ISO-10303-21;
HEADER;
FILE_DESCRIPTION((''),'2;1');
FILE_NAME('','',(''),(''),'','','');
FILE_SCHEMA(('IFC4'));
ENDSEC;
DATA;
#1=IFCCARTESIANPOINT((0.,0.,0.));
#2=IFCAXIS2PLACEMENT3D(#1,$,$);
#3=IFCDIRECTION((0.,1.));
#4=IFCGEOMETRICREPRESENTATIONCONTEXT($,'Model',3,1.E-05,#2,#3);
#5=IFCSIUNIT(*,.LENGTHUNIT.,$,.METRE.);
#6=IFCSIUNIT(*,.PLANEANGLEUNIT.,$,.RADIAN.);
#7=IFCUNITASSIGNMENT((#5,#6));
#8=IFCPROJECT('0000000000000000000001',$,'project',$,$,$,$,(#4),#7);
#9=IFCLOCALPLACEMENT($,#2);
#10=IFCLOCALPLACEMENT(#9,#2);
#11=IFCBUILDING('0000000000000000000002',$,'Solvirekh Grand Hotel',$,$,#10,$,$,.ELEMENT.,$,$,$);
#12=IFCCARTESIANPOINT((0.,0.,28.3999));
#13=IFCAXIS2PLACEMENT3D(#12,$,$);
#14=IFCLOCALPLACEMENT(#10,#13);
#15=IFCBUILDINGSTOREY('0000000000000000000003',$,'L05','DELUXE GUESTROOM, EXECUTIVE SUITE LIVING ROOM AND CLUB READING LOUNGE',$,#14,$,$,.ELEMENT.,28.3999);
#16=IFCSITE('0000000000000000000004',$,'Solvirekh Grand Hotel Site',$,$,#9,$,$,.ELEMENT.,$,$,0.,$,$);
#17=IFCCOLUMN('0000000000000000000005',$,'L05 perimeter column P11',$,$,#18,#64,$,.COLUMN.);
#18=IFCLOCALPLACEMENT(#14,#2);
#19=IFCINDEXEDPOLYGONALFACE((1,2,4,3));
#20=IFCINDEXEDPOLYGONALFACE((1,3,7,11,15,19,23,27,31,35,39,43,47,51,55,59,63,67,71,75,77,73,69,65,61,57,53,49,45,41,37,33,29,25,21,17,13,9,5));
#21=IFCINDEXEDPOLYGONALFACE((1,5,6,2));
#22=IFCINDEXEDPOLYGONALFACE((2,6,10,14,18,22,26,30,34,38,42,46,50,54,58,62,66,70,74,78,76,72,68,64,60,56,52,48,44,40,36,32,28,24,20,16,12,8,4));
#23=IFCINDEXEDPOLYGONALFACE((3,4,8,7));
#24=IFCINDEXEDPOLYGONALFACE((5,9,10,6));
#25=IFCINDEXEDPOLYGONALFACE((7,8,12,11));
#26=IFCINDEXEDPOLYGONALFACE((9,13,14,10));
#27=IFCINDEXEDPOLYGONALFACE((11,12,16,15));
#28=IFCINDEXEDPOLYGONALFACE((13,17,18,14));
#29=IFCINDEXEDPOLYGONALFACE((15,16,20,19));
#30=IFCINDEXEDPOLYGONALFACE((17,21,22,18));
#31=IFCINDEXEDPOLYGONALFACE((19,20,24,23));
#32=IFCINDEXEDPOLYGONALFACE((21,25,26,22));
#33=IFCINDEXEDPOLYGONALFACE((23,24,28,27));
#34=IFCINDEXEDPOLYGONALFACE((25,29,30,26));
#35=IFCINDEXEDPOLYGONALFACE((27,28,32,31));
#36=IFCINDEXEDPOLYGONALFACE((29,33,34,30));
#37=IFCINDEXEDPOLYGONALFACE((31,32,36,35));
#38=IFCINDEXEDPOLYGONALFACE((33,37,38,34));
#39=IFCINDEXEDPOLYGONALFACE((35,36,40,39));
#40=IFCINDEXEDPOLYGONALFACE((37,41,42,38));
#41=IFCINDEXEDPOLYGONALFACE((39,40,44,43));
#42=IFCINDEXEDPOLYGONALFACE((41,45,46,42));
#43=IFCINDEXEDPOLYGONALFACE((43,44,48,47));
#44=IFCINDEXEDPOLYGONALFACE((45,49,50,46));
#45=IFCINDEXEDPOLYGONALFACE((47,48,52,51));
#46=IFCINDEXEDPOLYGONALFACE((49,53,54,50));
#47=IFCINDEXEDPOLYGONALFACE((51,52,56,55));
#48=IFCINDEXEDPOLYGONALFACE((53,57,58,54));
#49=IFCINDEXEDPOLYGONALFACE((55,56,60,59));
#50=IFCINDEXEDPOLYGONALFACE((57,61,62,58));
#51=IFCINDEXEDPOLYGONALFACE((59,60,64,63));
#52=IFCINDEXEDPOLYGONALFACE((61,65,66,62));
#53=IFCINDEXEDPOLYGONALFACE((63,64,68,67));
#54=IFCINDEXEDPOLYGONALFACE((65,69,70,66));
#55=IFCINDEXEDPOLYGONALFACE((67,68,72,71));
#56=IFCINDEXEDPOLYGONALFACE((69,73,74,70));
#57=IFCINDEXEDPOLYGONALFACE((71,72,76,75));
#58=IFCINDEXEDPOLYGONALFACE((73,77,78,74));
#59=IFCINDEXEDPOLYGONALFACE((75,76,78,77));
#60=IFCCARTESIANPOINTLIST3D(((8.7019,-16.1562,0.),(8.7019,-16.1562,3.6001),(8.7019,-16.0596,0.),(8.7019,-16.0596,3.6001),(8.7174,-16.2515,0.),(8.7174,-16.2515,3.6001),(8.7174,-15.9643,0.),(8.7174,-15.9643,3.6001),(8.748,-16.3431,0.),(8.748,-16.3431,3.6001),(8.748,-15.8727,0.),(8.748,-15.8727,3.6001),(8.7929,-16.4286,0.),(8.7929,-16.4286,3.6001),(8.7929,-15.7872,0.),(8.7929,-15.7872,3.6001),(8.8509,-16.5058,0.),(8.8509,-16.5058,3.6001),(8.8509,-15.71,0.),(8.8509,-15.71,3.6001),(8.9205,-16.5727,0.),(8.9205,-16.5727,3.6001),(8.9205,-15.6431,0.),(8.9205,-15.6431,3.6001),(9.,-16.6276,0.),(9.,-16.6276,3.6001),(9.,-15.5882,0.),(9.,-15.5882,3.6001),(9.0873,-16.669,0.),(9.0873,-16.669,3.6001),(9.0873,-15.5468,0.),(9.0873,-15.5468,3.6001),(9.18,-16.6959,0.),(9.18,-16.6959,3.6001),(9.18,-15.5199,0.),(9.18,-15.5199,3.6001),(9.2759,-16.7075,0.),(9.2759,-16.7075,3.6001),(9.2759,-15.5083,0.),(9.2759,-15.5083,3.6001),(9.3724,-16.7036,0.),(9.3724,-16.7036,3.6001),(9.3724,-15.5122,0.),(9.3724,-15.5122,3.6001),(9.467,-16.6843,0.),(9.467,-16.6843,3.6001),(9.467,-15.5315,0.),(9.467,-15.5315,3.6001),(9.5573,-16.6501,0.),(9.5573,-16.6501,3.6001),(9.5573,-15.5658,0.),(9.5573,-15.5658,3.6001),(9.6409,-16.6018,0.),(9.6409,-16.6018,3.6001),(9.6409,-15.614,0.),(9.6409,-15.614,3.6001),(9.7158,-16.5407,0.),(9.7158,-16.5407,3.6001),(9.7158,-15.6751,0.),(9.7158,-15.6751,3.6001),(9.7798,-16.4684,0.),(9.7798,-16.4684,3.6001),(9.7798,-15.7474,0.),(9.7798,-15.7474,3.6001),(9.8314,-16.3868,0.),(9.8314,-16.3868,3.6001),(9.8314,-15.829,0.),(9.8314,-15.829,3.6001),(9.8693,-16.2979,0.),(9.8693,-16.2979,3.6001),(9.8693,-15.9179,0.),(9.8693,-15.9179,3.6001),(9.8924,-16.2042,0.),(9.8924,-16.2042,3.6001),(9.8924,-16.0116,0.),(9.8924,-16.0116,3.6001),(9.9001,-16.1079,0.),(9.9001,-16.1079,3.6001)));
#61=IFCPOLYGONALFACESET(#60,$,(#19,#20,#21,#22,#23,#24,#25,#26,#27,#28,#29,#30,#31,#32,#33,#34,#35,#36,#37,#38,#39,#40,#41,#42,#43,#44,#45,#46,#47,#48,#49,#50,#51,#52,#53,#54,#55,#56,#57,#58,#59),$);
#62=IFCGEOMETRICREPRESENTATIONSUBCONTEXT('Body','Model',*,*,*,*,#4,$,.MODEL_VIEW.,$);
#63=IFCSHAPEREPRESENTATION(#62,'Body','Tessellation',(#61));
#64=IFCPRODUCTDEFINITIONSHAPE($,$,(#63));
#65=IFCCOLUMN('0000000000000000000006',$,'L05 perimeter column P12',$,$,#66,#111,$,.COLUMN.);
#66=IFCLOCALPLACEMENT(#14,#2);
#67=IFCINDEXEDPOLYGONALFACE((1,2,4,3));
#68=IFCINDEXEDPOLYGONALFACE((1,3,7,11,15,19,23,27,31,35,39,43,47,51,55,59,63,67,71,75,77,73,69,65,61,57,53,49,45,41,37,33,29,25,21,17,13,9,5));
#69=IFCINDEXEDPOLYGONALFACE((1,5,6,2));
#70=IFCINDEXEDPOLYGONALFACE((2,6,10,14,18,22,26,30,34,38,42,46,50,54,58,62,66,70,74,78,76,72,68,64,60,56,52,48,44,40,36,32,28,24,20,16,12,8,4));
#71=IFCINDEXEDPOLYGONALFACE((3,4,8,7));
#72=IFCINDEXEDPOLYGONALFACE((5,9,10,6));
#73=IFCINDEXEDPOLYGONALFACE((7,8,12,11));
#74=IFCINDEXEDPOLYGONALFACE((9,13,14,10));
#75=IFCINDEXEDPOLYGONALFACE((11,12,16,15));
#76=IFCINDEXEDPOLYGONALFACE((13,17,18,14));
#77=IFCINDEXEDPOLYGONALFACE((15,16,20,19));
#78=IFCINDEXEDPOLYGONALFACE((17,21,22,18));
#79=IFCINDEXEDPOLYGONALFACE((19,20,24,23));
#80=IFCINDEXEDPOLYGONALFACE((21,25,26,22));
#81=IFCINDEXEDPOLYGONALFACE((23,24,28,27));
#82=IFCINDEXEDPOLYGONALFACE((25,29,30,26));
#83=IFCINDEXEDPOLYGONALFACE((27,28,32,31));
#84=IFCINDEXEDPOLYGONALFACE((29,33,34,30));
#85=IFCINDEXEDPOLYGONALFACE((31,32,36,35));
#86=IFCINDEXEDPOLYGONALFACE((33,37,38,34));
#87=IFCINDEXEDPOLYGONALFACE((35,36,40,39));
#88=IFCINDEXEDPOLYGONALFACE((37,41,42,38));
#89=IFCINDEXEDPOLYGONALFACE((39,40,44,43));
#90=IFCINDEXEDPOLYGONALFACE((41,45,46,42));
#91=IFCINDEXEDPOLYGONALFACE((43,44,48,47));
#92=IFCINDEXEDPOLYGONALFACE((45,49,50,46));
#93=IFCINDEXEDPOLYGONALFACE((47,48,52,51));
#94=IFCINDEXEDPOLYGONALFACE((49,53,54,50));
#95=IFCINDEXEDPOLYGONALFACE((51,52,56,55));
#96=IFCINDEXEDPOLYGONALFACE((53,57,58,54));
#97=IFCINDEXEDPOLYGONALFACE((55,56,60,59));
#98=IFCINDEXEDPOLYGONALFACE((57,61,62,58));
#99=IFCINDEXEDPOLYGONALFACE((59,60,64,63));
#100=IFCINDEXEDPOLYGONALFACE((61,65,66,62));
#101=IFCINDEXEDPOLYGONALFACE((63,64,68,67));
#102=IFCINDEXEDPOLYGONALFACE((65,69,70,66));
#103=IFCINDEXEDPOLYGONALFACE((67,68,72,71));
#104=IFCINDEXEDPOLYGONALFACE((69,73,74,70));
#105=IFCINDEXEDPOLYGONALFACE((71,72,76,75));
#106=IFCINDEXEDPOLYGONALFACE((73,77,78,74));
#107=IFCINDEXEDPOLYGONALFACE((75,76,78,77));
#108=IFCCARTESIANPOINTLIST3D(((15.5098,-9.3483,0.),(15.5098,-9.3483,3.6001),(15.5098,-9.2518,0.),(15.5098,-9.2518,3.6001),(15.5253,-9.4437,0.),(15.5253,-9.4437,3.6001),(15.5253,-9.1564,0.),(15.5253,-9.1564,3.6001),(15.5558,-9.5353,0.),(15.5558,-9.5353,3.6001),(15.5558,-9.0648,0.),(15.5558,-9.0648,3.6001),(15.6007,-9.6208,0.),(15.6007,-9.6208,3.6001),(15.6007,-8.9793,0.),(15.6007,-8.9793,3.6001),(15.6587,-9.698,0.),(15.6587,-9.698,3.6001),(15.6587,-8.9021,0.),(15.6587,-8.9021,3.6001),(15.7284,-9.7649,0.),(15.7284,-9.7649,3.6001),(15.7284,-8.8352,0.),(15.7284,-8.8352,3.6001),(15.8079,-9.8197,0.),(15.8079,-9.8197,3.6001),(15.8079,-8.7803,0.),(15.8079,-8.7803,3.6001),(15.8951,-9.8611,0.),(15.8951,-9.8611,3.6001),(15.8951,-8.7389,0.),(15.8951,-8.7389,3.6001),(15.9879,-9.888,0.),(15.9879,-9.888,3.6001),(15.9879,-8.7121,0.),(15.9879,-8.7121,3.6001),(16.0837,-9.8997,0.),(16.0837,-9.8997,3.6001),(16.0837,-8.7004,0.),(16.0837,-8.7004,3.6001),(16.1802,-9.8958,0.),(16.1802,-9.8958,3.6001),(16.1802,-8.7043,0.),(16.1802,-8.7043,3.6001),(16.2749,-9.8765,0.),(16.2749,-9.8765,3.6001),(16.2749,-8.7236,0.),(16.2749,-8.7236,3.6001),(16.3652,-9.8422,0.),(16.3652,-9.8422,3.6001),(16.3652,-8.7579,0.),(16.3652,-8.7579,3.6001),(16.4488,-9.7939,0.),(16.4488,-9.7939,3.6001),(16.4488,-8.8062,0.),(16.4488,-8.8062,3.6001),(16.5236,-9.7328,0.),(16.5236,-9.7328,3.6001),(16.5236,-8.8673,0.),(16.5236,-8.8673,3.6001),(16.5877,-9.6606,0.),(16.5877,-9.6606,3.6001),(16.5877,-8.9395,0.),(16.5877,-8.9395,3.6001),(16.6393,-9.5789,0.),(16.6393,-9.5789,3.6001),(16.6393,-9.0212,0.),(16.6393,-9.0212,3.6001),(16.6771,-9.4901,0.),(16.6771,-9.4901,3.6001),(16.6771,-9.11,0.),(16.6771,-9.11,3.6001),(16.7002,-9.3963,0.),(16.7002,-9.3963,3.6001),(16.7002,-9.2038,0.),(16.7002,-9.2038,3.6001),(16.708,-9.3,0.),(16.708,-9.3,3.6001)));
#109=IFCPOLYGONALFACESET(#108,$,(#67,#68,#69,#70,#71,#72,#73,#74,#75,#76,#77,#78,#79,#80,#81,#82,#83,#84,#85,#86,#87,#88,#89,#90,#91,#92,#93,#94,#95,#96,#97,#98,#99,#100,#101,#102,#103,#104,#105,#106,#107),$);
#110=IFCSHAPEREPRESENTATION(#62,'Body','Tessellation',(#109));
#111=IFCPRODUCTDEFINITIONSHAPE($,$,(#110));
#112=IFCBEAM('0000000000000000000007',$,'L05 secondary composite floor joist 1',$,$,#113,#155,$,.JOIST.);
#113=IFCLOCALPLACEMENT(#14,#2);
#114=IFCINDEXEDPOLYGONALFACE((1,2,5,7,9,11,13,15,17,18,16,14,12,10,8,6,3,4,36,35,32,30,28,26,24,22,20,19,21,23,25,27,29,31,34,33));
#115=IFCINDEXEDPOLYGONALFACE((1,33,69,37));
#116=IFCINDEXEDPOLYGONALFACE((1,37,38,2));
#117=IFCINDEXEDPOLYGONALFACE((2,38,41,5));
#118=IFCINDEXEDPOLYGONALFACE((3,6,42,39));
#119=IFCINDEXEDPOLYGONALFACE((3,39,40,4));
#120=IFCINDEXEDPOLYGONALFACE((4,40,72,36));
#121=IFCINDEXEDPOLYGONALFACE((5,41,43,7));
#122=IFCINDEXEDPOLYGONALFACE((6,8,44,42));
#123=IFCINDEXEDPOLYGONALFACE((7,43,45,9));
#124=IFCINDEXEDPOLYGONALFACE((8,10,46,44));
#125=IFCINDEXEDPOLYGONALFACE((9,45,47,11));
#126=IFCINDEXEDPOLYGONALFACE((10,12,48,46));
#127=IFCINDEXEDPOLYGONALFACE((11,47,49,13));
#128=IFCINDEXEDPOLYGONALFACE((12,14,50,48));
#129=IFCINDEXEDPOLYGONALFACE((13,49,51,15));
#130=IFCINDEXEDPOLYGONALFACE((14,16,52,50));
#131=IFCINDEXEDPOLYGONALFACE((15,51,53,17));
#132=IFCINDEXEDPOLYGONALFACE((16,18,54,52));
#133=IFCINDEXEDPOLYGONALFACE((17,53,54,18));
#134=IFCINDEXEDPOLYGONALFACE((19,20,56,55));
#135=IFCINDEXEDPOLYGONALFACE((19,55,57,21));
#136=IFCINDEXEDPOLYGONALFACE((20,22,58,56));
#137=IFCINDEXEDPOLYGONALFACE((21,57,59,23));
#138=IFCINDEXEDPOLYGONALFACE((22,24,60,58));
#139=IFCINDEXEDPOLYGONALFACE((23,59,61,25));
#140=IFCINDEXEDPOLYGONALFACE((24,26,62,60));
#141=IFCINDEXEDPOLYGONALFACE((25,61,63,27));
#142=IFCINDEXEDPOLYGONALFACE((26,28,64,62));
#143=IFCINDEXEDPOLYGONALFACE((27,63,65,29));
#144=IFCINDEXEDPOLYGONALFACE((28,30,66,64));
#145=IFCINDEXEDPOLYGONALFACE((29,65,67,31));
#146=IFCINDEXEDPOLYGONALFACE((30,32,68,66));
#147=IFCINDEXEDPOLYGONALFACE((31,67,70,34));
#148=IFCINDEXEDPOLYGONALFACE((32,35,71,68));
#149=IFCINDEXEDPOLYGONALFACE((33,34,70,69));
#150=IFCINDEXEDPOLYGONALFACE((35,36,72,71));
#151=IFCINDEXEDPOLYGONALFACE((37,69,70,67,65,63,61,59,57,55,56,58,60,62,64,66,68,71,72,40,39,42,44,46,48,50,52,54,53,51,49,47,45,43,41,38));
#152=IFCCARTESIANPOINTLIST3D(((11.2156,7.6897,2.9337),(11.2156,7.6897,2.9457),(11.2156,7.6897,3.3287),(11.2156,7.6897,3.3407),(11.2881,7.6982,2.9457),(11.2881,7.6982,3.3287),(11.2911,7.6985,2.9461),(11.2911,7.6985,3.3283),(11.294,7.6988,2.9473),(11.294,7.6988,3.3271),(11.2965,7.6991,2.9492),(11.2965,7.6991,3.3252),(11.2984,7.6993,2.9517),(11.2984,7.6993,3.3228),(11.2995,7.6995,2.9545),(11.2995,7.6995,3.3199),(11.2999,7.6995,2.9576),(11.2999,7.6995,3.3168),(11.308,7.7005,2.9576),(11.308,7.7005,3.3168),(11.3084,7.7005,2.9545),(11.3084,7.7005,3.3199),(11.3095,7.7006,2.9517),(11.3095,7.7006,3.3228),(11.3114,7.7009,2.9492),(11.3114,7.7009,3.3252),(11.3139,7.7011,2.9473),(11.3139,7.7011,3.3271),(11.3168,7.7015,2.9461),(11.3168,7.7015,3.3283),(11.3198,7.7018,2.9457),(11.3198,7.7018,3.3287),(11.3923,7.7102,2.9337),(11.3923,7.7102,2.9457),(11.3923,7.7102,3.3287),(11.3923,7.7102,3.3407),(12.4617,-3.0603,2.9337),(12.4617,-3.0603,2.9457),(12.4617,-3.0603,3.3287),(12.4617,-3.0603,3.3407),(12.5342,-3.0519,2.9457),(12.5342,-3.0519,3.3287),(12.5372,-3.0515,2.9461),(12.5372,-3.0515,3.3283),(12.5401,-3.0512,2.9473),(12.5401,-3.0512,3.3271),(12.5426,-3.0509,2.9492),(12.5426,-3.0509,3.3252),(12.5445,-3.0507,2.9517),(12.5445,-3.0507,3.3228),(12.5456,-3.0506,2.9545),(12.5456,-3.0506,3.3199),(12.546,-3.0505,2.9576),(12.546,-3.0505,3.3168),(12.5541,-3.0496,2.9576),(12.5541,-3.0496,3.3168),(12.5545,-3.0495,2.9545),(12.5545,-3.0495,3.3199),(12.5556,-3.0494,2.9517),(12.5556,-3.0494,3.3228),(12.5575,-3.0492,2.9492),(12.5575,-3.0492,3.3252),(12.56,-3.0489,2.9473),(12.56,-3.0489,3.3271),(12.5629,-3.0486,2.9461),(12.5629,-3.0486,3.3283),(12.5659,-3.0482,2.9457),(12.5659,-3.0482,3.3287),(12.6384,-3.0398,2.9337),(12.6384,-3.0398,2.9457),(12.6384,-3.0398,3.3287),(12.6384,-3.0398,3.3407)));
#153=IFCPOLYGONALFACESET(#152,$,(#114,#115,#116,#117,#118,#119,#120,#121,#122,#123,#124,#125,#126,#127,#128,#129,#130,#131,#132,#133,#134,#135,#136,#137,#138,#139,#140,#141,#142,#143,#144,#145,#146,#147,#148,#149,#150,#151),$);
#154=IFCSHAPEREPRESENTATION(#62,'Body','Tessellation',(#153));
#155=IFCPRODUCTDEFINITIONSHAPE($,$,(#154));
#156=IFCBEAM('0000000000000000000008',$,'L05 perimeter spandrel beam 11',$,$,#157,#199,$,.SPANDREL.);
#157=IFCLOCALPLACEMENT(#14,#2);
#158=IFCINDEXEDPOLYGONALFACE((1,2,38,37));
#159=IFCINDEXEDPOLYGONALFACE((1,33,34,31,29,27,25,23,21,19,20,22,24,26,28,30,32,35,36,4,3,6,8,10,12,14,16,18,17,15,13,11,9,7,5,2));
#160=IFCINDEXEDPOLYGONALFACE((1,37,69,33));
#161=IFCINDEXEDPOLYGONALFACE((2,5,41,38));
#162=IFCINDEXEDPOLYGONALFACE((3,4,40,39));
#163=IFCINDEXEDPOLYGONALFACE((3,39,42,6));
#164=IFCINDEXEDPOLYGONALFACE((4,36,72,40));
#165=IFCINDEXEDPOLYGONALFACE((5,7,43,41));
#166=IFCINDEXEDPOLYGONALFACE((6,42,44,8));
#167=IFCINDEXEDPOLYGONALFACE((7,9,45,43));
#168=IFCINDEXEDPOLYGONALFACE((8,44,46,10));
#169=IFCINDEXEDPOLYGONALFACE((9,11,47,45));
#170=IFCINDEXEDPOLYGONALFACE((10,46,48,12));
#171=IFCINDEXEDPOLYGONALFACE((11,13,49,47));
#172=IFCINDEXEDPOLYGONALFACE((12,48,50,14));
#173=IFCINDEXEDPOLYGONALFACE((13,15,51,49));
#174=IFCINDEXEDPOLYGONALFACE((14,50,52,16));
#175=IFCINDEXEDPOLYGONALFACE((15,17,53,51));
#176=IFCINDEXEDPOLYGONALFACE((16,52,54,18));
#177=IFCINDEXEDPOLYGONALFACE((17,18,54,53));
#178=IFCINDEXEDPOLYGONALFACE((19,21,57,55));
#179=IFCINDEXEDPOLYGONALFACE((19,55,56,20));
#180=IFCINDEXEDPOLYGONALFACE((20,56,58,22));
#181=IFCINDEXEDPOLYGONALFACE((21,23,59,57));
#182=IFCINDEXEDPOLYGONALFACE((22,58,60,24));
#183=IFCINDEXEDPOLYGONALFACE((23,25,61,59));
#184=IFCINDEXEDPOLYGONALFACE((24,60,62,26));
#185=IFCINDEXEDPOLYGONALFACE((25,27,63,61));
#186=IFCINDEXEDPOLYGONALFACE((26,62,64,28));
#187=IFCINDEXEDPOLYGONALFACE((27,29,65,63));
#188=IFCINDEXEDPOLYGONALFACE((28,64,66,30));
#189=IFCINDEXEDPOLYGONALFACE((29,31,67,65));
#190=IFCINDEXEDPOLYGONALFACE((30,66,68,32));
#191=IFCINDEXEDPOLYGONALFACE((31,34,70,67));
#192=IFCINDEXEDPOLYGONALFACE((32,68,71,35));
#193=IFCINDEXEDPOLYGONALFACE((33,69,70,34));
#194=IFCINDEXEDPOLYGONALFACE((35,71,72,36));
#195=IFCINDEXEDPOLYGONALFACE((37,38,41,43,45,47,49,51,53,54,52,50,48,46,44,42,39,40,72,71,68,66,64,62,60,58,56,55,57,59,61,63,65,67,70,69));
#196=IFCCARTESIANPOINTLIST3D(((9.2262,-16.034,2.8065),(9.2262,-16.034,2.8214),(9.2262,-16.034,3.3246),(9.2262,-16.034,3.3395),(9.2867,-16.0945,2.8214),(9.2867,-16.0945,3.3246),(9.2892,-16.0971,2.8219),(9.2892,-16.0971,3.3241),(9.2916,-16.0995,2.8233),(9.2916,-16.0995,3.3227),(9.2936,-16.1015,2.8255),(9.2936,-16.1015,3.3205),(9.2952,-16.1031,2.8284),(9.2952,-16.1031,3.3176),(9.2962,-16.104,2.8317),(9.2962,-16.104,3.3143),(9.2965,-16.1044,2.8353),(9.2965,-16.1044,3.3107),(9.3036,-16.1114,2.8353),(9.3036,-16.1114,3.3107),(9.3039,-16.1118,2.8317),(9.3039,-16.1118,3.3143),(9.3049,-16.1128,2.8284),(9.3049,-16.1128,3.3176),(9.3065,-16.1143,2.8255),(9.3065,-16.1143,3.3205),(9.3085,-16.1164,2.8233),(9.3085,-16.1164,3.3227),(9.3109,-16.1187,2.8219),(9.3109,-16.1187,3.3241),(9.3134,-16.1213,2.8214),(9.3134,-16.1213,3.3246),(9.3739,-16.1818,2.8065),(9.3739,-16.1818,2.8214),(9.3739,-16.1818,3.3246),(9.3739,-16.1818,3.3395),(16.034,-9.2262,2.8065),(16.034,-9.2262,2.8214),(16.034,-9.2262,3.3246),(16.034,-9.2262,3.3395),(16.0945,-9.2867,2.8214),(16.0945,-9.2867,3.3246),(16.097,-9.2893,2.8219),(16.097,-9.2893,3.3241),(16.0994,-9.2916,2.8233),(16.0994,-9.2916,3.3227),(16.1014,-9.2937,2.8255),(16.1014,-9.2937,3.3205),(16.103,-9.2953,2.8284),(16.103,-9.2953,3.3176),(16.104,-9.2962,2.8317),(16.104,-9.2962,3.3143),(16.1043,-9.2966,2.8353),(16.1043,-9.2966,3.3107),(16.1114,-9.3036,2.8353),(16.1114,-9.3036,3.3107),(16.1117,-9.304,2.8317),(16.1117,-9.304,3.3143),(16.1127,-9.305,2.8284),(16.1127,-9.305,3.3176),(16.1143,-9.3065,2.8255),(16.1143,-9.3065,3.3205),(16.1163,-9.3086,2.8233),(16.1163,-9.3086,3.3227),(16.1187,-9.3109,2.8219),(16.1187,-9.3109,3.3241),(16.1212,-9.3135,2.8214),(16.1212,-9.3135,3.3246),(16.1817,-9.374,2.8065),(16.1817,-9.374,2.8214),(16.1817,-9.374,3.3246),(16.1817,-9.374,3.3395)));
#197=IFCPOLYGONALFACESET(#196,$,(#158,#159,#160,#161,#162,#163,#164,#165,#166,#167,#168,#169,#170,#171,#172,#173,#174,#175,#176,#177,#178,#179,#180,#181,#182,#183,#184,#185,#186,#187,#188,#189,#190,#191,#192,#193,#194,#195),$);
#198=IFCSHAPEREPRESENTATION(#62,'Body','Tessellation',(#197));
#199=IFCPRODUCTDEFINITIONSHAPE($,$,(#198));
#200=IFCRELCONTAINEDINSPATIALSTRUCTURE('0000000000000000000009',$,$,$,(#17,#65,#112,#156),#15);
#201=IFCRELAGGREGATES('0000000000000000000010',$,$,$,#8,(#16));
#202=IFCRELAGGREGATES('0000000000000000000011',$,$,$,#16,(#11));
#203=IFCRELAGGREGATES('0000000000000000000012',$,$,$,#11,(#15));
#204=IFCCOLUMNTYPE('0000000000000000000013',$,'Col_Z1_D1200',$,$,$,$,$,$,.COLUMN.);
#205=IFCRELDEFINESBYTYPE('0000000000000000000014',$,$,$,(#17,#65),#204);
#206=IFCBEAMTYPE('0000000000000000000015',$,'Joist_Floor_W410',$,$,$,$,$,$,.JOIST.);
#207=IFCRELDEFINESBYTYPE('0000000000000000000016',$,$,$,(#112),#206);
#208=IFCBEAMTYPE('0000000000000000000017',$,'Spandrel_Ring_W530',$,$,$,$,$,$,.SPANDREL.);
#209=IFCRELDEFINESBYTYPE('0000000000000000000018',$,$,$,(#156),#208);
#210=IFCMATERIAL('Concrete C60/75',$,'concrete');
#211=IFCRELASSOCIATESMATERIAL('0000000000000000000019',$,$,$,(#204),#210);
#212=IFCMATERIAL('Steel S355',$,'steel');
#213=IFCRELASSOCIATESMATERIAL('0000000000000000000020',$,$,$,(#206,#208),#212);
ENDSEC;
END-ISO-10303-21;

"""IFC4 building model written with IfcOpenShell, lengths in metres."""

from ifc_helpers import new_model, si_unit, direction, frame, origin, origin_2d, place, context, subcontext, project, spatial, circle, i_section, extrude, material, material_profile, profile_set, type_object, element, save


model = new_model("IFC4")

# Units and contexts
model_context = context("Model", 3, precision=1e-05, world=origin(), true_north=direction((0.0, 1.0)))
body_context = subcontext(model_context, "Body", "Model", "MODEL_VIEW")
ifc_project = project(units=[si_unit("LENGTHUNIT", "METRE"), si_unit("PLANEANGLEUNIT", "RADIAN")], contexts=[model_context])

# Site, building, storey
site_placement = place(None, origin())
site = spatial("IfcSite", under=ifc_project, at=site_placement, Name="Solvirekh Grand Hotel Site", CompositionType="ELEMENT", RefElevation=0.0)
building_placement = place(site_placement, origin())
building = spatial("IfcBuilding", under=site, at=building_placement, Name="Solvirekh Grand Hotel", CompositionType="ELEMENT")
storey_placement = place(building_placement, frame((0.0, 0.0, 28.3999)))
storey = spatial("IfcBuildingStorey", under=building, at=storey_placement, Name="L05", Description="DELUXE GUESTROOM, EXECUTIVE SUITE LIVING ROOM AND CLUB READING LOUNGE", CompositionType="ELEMENT", Elevation=28.3999)

# Columns
ifc_material_1 = material(Name="Concrete C60/75", Category="concrete")
ifc_material_profile_1 = material_profile(ifc_material_1, circle(Radius=0.6001, at=origin_2d()), Name="RC CIRC D1200")
ifc_profile_set_1 = profile_set([ifc_material_profile_1], Name="Concrete C60/75")
column_type = type_object("IfcColumnType", Name="Col_Z1_D1200", PredefinedType="COLUMN", material=ifc_profile_set_1)
for number, where, z_axis, x_axis, name in (
    (1, (9.3, -16.1079, 0.0), (0.0, 0.0, 1.0), (1.0, 0.0, 0.0), "L05 perimeter column P11"),
    (2, (16.1079, -9.3, 0.0), (0.0, 0.0, 1.0), (1.0, 0.0, 0.0), "L05 perimeter column P12"),
):
    element("IfcColumn", number, at=place(storey_placement, frame(where, z_axis=z_axis, x_axis=x_axis)), inside=storey, type_object=column_type, Name=name, PredefinedType="COLUMN", context=body_context, shape_type="SweptSolid", body=[
        extrude(circle(Radius=0.6001, at=origin_2d()), origin(), (0.0, 0.0, 1.0), 3.6001),
    ])

# Beams
ifc_material_2 = material(Name="Steel S355", Category="steel")
ifc_material_profile_2 = material_profile(ifc_material_2, i_section(OverallWidth=0.178, OverallDepth=0.407, WebThickness=0.0081, FlangeThickness=0.012, FilletRadius=0.012, at=origin_2d()), Name="W410X60")
ifc_profile_set_2 = profile_set([ifc_material_profile_2], Name="Steel S355")
beam_type_1 = type_object("IfcBeamType", Name="Joist_Floor_W410", PredefinedType="JOIST", material=ifc_profile_set_2)
beam_1_placement = place(storey_placement, frame((12.55, -3.05, 3.1372), z_axis=(-0.115145, 0.993349, 0.0), x_axis=(-0.993349, -0.115145, 0.0)))
element("IfcBeam", 3, at=beam_1_placement, inside=storey, type_object=beam_type_1, Name="L05 secondary composite floor joist 1", PredefinedType="JOIST", context=body_context, shape_type="SweptSolid", body=[
    extrude(i_section(OverallWidth=0.178, OverallDepth=0.407, WebThickness=0.0081, FlangeThickness=0.012, FilletRadius=0.012, at=origin_2d()), origin(), (0.0, 0.0, 1.0), 10.822),
])
ifc_material_profile_3 = material_profile(ifc_material_2, i_section(OverallWidth=0.209, OverallDepth=0.533, WebThickness=0.01, FlangeThickness=0.0149, FilletRadius=0.0139, at=origin_2d()), Name="W530X92")
ifc_profile_set_3 = profile_set([ifc_material_profile_3], Name="Steel S355")
beam_type_2 = type_object("IfcBeamType", Name="Spandrel_Ring_W530", PredefinedType="SPANDREL", material=ifc_profile_set_3)
beam_2_placement = place(storey_placement, frame((9.3, -16.1079, 3.073), z_axis=(0.707107, 0.707107, 0.0), x_axis=(-0.707107, 0.707107, 0.0)))
element("IfcBeam", 4, at=beam_2_placement, inside=storey, type_object=beam_type_2, Name="L05 perimeter spandrel beam 11", PredefinedType="SPANDREL", context=body_context, shape_type="SweptSolid", body=[
    extrude(i_section(OverallWidth=0.209, OverallDepth=0.533, WebThickness=0.01, FlangeThickness=0.0149, FilletRadius=0.0139, at=origin_2d()), origin(), (0.0, 0.0, 1.0), 9.6277),
])

save(model, "model.ifc")
